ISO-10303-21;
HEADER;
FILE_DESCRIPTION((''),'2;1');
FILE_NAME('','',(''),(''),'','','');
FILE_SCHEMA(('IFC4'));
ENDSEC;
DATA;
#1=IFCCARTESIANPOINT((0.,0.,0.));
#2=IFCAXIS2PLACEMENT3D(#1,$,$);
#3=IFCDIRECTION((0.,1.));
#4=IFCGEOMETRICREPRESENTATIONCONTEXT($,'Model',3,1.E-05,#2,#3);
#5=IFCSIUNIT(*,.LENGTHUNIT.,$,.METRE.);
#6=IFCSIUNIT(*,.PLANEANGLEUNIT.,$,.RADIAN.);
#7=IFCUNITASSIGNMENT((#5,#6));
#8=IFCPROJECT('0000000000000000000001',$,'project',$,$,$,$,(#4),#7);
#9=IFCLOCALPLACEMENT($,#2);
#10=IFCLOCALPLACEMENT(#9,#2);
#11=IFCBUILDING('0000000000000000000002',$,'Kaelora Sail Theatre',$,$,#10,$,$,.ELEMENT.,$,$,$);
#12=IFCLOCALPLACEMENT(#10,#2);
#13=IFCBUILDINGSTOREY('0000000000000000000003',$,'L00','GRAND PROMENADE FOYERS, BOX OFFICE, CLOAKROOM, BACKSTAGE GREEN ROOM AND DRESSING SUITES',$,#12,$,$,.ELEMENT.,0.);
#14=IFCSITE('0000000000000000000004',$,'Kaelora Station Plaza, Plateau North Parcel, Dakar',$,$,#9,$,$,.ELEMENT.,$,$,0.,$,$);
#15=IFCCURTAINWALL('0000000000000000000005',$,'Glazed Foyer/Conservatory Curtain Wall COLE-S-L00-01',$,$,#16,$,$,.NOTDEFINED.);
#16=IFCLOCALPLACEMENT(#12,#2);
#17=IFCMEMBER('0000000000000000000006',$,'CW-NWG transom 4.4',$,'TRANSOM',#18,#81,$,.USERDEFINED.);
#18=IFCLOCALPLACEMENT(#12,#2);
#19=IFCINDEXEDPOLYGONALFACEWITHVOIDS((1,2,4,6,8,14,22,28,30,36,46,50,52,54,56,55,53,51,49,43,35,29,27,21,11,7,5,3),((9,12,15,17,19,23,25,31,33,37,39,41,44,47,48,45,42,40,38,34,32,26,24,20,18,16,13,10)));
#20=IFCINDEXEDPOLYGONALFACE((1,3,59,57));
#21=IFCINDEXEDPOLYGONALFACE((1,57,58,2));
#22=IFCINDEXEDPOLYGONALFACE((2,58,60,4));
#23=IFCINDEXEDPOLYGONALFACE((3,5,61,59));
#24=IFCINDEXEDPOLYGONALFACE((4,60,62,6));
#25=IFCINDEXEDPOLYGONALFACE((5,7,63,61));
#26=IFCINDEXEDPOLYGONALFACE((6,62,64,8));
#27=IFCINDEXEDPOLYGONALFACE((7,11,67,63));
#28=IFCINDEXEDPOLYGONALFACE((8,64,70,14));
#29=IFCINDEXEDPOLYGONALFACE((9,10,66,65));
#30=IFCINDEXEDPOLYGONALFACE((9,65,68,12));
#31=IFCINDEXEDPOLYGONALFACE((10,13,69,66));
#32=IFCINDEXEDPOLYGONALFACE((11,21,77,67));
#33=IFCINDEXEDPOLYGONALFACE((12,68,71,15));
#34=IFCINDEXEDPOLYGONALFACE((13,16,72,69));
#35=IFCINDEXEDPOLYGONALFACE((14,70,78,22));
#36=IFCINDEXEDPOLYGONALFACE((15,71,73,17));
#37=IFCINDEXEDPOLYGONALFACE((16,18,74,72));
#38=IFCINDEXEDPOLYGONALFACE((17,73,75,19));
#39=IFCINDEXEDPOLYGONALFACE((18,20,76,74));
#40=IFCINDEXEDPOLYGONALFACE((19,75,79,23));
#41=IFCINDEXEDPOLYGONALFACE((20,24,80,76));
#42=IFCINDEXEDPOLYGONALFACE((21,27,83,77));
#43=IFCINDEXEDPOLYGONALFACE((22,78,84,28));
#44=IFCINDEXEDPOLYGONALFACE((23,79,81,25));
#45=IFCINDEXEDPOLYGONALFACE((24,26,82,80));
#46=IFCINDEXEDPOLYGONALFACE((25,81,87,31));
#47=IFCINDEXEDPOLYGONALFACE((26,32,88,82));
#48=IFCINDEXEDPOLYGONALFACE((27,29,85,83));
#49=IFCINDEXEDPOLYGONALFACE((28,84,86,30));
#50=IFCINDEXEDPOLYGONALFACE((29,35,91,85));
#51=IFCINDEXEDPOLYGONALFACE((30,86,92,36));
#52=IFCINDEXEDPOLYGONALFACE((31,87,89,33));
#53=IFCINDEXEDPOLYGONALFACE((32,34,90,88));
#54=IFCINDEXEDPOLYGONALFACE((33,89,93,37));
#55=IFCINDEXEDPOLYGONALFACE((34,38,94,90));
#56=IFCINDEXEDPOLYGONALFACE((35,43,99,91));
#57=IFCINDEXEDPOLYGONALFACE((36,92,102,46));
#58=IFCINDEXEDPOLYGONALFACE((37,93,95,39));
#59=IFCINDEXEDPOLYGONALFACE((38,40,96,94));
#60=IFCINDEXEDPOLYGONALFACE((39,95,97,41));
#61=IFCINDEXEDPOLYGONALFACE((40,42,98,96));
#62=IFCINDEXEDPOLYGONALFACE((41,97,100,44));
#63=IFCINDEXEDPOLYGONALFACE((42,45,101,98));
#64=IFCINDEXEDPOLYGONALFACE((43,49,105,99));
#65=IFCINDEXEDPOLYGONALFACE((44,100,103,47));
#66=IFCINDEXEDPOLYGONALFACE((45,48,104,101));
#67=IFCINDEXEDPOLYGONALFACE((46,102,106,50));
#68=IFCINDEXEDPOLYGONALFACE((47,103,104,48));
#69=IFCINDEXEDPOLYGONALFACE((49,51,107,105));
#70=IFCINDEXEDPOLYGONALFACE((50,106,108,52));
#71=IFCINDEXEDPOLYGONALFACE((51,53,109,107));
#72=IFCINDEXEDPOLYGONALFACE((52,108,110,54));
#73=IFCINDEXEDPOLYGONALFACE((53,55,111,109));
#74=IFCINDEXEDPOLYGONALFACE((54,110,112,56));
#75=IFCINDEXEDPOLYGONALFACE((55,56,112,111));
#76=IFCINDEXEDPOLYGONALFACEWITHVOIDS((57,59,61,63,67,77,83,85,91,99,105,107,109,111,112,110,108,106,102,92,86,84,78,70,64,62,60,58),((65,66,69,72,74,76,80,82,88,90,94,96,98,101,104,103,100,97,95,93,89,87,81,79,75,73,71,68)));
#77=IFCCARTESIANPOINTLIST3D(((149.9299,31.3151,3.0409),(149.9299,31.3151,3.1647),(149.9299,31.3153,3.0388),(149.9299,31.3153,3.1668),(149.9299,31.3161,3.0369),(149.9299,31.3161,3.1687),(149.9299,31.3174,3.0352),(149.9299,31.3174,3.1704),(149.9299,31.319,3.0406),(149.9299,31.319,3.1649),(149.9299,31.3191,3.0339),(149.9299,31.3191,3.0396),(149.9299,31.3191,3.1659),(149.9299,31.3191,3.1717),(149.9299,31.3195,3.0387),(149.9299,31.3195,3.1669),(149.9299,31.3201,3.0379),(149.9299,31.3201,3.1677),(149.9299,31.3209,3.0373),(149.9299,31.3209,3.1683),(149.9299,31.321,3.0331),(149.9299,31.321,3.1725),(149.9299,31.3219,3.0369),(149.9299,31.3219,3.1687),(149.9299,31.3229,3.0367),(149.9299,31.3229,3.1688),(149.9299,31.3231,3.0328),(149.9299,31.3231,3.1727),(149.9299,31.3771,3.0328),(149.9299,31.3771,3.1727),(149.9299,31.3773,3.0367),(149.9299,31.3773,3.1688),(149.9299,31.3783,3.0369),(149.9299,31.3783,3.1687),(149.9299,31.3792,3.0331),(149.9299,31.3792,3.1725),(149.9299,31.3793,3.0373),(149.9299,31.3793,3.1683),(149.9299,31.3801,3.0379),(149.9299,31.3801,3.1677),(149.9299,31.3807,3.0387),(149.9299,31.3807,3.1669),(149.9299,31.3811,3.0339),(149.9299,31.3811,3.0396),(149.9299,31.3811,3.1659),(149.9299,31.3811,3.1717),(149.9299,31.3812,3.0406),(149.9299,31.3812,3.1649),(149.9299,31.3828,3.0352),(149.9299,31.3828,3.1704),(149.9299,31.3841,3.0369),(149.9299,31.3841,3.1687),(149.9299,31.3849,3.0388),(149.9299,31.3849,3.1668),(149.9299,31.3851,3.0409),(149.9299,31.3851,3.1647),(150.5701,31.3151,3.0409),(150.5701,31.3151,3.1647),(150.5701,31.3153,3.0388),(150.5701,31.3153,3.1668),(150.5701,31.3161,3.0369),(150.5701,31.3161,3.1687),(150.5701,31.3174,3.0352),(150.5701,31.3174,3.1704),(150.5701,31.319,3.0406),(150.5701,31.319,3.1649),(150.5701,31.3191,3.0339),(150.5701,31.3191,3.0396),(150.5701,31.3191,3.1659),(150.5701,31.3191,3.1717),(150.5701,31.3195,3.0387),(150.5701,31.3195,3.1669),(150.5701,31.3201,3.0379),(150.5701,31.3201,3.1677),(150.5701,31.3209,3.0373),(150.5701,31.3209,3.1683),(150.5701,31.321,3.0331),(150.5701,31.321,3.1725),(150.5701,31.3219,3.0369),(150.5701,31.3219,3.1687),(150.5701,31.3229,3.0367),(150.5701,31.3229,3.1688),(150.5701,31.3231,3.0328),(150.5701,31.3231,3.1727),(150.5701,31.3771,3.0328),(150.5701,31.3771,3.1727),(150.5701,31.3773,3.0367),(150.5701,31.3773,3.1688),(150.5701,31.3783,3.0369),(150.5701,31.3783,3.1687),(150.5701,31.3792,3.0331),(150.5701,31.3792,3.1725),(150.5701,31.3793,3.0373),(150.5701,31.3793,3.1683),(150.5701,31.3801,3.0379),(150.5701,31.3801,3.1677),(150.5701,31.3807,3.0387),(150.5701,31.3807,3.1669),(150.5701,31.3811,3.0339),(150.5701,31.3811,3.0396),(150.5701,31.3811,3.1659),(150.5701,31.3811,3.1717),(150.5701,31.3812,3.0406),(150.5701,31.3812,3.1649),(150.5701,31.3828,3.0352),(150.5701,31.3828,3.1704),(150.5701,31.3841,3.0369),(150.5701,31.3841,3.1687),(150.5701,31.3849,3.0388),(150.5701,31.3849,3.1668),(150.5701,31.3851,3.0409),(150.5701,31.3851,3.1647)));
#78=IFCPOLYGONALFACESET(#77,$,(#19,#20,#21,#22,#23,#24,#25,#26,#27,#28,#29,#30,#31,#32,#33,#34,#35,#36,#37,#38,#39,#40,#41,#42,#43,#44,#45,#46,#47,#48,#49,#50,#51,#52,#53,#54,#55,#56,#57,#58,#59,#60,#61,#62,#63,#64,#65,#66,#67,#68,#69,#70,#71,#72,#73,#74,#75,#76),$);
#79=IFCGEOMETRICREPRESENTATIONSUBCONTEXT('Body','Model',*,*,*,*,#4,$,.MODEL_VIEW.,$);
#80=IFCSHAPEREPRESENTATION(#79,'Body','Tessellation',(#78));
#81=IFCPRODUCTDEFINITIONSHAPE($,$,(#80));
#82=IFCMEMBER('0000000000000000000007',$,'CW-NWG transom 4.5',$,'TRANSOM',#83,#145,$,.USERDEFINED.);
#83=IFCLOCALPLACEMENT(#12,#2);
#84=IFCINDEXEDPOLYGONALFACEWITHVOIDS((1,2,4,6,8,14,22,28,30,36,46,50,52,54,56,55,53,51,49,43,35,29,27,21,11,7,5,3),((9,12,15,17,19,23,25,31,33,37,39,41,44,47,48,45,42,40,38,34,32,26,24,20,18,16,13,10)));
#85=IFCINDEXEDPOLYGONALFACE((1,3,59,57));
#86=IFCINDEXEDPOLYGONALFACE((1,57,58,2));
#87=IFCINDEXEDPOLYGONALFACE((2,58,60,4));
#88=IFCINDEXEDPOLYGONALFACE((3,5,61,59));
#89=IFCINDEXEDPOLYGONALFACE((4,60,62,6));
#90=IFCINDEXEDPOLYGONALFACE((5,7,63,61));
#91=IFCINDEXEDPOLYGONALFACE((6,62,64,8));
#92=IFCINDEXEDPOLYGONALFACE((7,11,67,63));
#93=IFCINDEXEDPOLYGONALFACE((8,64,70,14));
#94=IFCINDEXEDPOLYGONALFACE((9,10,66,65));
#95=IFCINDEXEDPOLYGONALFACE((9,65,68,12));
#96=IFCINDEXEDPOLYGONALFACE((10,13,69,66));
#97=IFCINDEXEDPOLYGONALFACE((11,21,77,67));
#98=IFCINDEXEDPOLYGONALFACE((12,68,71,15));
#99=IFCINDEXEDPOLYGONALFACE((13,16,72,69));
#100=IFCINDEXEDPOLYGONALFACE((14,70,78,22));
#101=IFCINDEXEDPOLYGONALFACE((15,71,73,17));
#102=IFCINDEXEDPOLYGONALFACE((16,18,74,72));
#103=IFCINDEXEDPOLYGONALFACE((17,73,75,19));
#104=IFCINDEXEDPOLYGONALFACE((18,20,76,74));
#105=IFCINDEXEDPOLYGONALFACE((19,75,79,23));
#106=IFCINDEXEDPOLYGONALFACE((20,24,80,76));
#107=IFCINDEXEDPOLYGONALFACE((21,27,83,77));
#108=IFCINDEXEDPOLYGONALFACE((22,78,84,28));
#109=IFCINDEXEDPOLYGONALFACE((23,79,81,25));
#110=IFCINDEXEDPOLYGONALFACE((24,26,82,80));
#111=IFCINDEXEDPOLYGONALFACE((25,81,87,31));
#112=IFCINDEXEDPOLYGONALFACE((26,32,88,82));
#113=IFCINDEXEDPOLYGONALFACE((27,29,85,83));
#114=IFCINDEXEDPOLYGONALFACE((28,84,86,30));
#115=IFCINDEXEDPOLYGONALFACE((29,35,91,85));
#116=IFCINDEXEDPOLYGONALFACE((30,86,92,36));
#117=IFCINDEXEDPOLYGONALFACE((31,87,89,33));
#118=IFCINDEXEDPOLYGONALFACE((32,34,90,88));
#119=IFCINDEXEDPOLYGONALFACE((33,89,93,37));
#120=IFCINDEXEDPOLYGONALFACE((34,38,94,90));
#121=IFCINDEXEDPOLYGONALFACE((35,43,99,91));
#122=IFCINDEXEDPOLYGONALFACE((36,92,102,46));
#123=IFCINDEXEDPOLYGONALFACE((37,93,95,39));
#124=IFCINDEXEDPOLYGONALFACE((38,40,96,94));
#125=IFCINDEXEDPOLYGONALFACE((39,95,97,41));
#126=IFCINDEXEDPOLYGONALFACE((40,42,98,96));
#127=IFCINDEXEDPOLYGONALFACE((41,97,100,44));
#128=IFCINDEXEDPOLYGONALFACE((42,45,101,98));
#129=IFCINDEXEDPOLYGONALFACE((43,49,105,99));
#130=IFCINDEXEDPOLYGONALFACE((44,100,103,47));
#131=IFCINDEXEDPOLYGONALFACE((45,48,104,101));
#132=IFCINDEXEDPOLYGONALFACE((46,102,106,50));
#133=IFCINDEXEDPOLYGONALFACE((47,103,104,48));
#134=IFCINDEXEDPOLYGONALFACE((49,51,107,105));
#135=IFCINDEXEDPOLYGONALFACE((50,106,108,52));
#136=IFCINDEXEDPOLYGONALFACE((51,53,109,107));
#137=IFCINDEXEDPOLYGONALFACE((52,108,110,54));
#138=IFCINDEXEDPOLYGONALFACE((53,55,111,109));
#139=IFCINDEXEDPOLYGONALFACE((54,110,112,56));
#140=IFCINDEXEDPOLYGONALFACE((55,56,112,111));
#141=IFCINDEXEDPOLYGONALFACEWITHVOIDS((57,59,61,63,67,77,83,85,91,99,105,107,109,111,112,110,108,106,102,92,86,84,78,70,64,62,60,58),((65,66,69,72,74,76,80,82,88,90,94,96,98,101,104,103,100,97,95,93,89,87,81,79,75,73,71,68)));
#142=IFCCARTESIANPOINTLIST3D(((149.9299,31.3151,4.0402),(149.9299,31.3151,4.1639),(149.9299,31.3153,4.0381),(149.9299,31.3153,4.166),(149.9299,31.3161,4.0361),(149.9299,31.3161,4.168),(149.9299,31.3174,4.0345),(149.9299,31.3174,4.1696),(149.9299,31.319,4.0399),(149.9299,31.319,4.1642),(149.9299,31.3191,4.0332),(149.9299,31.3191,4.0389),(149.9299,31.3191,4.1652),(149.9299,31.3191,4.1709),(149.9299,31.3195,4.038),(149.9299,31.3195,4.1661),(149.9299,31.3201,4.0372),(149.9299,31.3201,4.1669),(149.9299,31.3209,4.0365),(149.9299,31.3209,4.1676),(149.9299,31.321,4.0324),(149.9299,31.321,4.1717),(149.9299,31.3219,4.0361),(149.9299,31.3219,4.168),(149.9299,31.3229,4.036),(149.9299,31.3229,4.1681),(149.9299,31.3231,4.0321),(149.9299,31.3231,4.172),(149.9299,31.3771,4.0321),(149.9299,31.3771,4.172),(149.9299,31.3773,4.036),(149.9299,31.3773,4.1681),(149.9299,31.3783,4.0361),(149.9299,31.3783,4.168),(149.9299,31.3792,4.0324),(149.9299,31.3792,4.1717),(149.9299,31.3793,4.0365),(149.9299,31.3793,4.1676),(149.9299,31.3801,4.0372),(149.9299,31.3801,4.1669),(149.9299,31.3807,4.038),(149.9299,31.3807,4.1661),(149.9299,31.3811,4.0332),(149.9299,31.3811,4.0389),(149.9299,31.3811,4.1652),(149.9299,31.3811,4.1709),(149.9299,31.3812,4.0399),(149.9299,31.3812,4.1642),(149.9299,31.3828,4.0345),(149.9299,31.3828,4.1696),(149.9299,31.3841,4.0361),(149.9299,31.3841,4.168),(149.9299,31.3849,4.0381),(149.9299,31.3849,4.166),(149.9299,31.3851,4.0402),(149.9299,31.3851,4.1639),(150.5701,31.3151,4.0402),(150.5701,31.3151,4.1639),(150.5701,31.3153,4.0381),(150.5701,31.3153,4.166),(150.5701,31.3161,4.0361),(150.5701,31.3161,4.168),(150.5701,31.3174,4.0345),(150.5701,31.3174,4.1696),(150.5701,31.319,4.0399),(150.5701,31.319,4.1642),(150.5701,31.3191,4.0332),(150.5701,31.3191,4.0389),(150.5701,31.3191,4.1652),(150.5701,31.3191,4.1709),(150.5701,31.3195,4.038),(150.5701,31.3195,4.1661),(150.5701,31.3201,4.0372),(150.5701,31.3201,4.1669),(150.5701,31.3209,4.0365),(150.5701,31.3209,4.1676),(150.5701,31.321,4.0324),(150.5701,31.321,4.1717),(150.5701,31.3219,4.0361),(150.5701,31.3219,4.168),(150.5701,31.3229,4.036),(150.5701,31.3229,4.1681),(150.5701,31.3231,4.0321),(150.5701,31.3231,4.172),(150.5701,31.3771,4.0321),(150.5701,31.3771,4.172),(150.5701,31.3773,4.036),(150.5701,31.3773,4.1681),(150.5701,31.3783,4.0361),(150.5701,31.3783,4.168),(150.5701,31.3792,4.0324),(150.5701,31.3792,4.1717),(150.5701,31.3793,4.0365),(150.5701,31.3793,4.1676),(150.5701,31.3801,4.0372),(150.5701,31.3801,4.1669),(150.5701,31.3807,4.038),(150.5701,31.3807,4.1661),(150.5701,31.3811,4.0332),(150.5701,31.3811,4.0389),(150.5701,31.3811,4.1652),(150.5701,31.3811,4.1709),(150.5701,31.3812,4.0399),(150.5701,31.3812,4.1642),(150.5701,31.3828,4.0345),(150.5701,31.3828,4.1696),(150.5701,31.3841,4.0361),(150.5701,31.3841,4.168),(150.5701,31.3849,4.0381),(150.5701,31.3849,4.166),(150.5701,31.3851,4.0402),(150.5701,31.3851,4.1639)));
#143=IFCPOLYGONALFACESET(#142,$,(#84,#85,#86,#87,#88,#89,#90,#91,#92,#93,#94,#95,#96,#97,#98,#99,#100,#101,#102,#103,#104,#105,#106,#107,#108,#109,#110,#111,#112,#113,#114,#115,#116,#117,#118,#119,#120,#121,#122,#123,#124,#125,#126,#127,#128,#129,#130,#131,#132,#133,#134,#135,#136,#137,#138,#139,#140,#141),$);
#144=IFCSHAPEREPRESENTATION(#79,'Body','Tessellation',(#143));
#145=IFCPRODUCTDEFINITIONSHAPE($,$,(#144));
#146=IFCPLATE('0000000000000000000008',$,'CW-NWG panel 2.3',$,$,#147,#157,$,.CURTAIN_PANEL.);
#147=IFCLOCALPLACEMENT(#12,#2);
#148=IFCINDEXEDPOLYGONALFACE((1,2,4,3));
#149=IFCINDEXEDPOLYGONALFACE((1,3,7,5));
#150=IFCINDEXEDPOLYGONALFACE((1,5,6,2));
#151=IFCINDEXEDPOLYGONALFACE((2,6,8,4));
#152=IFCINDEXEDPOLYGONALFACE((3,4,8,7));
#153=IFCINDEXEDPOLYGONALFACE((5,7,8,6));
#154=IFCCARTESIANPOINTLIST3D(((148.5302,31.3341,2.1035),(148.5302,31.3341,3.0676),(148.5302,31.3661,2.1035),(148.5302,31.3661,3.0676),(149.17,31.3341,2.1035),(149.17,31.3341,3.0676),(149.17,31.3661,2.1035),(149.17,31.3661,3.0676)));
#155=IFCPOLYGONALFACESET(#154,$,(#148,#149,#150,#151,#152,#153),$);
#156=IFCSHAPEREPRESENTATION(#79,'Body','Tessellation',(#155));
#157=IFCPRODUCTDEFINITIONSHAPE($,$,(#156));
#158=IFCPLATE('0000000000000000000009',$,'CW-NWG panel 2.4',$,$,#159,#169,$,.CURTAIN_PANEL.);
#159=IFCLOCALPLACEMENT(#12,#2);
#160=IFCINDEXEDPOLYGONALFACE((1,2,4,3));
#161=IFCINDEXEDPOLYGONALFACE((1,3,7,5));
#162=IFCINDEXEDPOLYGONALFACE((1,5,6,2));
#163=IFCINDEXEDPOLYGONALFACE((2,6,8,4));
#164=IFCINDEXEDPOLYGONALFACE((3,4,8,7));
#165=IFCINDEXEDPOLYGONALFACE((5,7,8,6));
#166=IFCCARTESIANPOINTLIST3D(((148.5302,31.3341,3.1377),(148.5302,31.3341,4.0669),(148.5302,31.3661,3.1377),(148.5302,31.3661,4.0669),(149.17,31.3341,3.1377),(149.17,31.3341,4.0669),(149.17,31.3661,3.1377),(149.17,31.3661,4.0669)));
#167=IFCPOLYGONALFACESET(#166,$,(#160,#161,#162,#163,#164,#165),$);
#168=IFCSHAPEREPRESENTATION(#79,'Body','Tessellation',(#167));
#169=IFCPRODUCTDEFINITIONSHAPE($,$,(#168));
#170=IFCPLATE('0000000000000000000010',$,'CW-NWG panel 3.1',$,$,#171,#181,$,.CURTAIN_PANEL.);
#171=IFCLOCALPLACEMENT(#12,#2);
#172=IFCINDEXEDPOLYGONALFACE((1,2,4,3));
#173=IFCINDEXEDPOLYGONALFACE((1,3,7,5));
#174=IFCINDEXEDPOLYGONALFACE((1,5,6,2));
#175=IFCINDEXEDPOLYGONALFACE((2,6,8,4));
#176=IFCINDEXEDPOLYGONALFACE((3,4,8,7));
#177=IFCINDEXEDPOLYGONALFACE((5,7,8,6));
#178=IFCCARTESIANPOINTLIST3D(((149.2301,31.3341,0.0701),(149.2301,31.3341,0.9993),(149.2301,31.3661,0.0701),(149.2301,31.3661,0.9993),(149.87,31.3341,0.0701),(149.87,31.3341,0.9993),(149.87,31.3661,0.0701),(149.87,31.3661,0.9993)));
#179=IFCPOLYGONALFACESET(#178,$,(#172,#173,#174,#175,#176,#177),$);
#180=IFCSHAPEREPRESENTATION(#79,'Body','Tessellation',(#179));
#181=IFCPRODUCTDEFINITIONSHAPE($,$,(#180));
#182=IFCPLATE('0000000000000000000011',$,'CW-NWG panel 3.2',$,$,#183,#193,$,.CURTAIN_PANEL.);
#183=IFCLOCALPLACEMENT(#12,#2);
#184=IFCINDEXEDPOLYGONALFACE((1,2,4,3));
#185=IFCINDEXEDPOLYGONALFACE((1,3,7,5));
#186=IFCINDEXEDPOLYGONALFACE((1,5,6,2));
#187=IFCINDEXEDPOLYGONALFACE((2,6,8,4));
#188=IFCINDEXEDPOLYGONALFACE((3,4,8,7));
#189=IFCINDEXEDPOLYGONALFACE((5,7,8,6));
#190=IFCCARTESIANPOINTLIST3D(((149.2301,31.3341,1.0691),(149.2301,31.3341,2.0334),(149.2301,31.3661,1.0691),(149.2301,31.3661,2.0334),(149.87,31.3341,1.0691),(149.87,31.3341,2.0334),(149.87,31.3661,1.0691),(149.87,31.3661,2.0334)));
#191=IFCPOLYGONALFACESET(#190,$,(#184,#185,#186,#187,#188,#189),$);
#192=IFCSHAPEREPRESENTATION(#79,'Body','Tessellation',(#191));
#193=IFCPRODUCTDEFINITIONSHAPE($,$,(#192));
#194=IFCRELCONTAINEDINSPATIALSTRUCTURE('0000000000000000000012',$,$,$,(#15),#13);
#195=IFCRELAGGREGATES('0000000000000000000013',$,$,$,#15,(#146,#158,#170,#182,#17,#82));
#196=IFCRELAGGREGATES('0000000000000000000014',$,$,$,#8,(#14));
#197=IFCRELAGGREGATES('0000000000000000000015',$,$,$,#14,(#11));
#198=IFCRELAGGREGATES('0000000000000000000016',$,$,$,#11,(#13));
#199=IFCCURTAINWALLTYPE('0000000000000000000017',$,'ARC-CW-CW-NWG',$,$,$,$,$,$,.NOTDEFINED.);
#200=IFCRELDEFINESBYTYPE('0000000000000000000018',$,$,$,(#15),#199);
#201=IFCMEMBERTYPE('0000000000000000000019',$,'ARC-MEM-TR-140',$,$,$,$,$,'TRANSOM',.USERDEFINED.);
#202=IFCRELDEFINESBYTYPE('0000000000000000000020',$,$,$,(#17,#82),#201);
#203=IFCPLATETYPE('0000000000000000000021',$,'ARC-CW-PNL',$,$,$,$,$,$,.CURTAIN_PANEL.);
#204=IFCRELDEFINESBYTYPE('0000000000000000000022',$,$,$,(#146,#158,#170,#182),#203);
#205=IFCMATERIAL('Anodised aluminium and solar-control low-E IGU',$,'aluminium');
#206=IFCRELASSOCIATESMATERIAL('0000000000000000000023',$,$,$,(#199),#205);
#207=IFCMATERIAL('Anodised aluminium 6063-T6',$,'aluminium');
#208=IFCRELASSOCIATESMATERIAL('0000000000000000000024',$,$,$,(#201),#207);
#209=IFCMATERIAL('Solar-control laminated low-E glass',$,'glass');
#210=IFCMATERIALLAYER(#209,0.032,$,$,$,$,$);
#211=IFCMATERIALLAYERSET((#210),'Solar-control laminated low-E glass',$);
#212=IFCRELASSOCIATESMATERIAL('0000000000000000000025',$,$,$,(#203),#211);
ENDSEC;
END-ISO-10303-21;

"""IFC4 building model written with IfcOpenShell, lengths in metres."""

from ifc_helpers import new_model, si_unit, direction, frame, origin, origin_2d, place, context, subcontext, project, spatial, rectangle, hollow_rectangle, extrude, material, layer, layer_set, material_profile, profile_set, type_object, element, aggregate, save


model = new_model("IFC4")

# Units and contexts
model_context = context("Model", 3, precision=1e-05, world=origin(), true_north=direction((0.0, 1.0)))
body_context = subcontext(model_context, "Body", "Model", "MODEL_VIEW")
ifc_project = project(units=[si_unit("LENGTHUNIT", "METRE"), si_unit("PLANEANGLEUNIT", "RADIAN")], contexts=[model_context])

# Site, building, storey
site_placement = place(None, origin())
site = spatial("IfcSite", under=ifc_project, at=site_placement, Name="Kaelora Station Plaza, Plateau North Parcel, Dakar", CompositionType="ELEMENT", RefElevation=0.0)
building_placement = place(site_placement, origin())
building = spatial("IfcBuilding", under=site, at=building_placement, Name="Kaelora Sail Theatre", CompositionType="ELEMENT")
storey_placement = place(building_placement, origin())
storey = spatial("IfcBuildingStorey", under=building, at=storey_placement, Name="L00", Description="GRAND PROMENADE FOYERS, BOX OFFICE, CLOAKROOM, BACKSTAGE GREEN ROOM AND DRESSING SUITES", CompositionType="ELEMENT", Elevation=0.0)

# Curtain wall, members, plates
ifc_material_1 = material(Name="Anodised aluminium and solar-control low-E IGU", Category="aluminium")
curtain_wall_type = type_object("IfcCurtainWallType", Name="ARC-CW-CW-NWG", PredefinedType="NOTDEFINED", material=ifc_material_1)
curtain_wall_placement = place(storey_placement, origin())
curtain_wall = element("IfcCurtainWall", 1, at=curtain_wall_placement, inside=storey, type_object=curtain_wall_type, Name="Glazed Foyer/Conservatory Curtain Wall COLE-S-L00-01", PredefinedType="NOTDEFINED")
ifc_material_2 = material(Name="Anodised aluminium 6063-T6", Category="aluminium")
ifc_material_profile_1 = material_profile(ifc_material_2, hollow_rectangle(XDim=0.0701, YDim=0.1399, WallThickness=0.0039, InnerFilletRadius=0.0039, OuterFilletRadius=0.0081, at=origin_2d()), Name="ALU-TRAN 70x140x4")
ifc_profile_set_1 = profile_set([ifc_material_profile_1], Name="Anodised aluminium 6063-T6")
member_type_1 = type_object("IfcMemberType", Name="ARC-MEM-TR-140", ElementType="TRANSOM", PredefinedType="USERDEFINED", material=ifc_profile_set_1)
member_1_placement = place(storey_placement, frame((149.9299, 31.3501, 3.1028), z_axis=(1.0, 0.0, 0.0), x_axis=(0.0, 1.0, 0.0)))
member_1 = element("IfcMember", 2, at=member_1_placement, type_object=member_type_1, Name="CW-NWG transom 4.4", ObjectType="TRANSOM", PredefinedType="USERDEFINED", context=body_context, shape_type="SweptSolid", body=[
    extrude(hollow_rectangle(XDim=0.0701, YDim=0.1399, WallThickness=0.0039, InnerFilletRadius=0.0039, OuterFilletRadius=0.0081, at=origin_2d()), origin(), (0.0, 0.0, 1.0), 0.6401),
])
member_2_placement = place(storey_placement, frame((149.9299, 31.3501, 4.1021), z_axis=(1.0, 0.0, 0.0), x_axis=(0.0, 1.0, 0.0)))
member_2 = element("IfcMember", 3, at=member_2_placement, type_object=member_type_1, Name="CW-NWG transom 4.5", ObjectType="TRANSOM", PredefinedType="USERDEFINED", context=body_context, shape_type="SweptSolid", body=[
    extrude(hollow_rectangle(XDim=0.0701, YDim=0.1399, WallThickness=0.0039, InnerFilletRadius=0.0039, OuterFilletRadius=0.0081, at=origin_2d()), origin(), (0.0, 0.0, 1.0), 0.6401),
])
ifc_material_3 = material(Name="Solar-control laminated low-E glass", Category="glass")
ifc_layer = layer(ifc_material_3, 0.032)
ifc_layer_set = layer_set([ifc_layer], Name="Solar-control laminated low-E glass")
plate_type = type_object("IfcPlateType", Name="ARC-CW-PNL", PredefinedType="CURTAIN_PANEL", material=ifc_layer_set)
plate_1_placement = place(storey_placement, frame((148.8501, 31.3501, 2.1035), z_axis=(0.0, 0.0, 1.0), x_axis=(1.0, 0.0, 0.0)))
plate_1 = element("IfcPlate", 4, at=plate_1_placement, type_object=plate_type, Name="CW-NWG panel 2.3", PredefinedType="CURTAIN_PANEL", context=body_context, shape_type="SweptSolid", body=[
    extrude(rectangle(XDim=0.6399, YDim=0.032, at=origin_2d()), origin(), (0.0, 0.0, 1.0), 0.9641),
])
plate_2_placement = place(storey_placement, frame((148.8501, 31.3501, 3.1377), z_axis=(0.0, 0.0, 1.0), x_axis=(1.0, 0.0, 0.0)))
plate_2 = element("IfcPlate", 5, at=plate_2_placement, type_object=plate_type, Name="CW-NWG panel 2.4", PredefinedType="CURTAIN_PANEL", context=body_context, shape_type="SweptSolid", body=[
    extrude(rectangle(XDim=0.6399, YDim=0.032, at=origin_2d()), origin(), (0.0, 0.0, 1.0), 0.9292),
])
plate_3_placement = place(storey_placement, frame((149.55, 31.3501, 0.0701), z_axis=(0.0, 0.0, 1.0), x_axis=(1.0, 0.0, 0.0)))
plate_3 = element("IfcPlate", 6, at=plate_3_placement, type_object=plate_type, Name="CW-NWG panel 3.1", PredefinedType="CURTAIN_PANEL", context=body_context, shape_type="SweptSolid", body=[
    extrude(rectangle(XDim=0.6399, YDim=0.032, at=origin_2d()), origin(), (0.0, 0.0, 1.0), 0.9292),
])
plate_4_placement = place(storey_placement, frame((149.55, 31.3501, 1.0691), z_axis=(0.0, 0.0, 1.0), x_axis=(1.0, 0.0, 0.0)))
plate_4 = element("IfcPlate", 7, at=plate_4_placement, type_object=plate_type, Name="CW-NWG panel 3.2", PredefinedType="CURTAIN_PANEL", context=body_context, shape_type="SweptSolid", body=[
    extrude(rectangle(XDim=0.6399, YDim=0.032, at=origin_2d()), origin(), (0.0, 0.0, 1.0), 0.9644),
])
aggregate(curtain_wall, [plate_1, plate_2, plate_3, plate_4, member_1, member_2])

save(model, "model.ifc")
